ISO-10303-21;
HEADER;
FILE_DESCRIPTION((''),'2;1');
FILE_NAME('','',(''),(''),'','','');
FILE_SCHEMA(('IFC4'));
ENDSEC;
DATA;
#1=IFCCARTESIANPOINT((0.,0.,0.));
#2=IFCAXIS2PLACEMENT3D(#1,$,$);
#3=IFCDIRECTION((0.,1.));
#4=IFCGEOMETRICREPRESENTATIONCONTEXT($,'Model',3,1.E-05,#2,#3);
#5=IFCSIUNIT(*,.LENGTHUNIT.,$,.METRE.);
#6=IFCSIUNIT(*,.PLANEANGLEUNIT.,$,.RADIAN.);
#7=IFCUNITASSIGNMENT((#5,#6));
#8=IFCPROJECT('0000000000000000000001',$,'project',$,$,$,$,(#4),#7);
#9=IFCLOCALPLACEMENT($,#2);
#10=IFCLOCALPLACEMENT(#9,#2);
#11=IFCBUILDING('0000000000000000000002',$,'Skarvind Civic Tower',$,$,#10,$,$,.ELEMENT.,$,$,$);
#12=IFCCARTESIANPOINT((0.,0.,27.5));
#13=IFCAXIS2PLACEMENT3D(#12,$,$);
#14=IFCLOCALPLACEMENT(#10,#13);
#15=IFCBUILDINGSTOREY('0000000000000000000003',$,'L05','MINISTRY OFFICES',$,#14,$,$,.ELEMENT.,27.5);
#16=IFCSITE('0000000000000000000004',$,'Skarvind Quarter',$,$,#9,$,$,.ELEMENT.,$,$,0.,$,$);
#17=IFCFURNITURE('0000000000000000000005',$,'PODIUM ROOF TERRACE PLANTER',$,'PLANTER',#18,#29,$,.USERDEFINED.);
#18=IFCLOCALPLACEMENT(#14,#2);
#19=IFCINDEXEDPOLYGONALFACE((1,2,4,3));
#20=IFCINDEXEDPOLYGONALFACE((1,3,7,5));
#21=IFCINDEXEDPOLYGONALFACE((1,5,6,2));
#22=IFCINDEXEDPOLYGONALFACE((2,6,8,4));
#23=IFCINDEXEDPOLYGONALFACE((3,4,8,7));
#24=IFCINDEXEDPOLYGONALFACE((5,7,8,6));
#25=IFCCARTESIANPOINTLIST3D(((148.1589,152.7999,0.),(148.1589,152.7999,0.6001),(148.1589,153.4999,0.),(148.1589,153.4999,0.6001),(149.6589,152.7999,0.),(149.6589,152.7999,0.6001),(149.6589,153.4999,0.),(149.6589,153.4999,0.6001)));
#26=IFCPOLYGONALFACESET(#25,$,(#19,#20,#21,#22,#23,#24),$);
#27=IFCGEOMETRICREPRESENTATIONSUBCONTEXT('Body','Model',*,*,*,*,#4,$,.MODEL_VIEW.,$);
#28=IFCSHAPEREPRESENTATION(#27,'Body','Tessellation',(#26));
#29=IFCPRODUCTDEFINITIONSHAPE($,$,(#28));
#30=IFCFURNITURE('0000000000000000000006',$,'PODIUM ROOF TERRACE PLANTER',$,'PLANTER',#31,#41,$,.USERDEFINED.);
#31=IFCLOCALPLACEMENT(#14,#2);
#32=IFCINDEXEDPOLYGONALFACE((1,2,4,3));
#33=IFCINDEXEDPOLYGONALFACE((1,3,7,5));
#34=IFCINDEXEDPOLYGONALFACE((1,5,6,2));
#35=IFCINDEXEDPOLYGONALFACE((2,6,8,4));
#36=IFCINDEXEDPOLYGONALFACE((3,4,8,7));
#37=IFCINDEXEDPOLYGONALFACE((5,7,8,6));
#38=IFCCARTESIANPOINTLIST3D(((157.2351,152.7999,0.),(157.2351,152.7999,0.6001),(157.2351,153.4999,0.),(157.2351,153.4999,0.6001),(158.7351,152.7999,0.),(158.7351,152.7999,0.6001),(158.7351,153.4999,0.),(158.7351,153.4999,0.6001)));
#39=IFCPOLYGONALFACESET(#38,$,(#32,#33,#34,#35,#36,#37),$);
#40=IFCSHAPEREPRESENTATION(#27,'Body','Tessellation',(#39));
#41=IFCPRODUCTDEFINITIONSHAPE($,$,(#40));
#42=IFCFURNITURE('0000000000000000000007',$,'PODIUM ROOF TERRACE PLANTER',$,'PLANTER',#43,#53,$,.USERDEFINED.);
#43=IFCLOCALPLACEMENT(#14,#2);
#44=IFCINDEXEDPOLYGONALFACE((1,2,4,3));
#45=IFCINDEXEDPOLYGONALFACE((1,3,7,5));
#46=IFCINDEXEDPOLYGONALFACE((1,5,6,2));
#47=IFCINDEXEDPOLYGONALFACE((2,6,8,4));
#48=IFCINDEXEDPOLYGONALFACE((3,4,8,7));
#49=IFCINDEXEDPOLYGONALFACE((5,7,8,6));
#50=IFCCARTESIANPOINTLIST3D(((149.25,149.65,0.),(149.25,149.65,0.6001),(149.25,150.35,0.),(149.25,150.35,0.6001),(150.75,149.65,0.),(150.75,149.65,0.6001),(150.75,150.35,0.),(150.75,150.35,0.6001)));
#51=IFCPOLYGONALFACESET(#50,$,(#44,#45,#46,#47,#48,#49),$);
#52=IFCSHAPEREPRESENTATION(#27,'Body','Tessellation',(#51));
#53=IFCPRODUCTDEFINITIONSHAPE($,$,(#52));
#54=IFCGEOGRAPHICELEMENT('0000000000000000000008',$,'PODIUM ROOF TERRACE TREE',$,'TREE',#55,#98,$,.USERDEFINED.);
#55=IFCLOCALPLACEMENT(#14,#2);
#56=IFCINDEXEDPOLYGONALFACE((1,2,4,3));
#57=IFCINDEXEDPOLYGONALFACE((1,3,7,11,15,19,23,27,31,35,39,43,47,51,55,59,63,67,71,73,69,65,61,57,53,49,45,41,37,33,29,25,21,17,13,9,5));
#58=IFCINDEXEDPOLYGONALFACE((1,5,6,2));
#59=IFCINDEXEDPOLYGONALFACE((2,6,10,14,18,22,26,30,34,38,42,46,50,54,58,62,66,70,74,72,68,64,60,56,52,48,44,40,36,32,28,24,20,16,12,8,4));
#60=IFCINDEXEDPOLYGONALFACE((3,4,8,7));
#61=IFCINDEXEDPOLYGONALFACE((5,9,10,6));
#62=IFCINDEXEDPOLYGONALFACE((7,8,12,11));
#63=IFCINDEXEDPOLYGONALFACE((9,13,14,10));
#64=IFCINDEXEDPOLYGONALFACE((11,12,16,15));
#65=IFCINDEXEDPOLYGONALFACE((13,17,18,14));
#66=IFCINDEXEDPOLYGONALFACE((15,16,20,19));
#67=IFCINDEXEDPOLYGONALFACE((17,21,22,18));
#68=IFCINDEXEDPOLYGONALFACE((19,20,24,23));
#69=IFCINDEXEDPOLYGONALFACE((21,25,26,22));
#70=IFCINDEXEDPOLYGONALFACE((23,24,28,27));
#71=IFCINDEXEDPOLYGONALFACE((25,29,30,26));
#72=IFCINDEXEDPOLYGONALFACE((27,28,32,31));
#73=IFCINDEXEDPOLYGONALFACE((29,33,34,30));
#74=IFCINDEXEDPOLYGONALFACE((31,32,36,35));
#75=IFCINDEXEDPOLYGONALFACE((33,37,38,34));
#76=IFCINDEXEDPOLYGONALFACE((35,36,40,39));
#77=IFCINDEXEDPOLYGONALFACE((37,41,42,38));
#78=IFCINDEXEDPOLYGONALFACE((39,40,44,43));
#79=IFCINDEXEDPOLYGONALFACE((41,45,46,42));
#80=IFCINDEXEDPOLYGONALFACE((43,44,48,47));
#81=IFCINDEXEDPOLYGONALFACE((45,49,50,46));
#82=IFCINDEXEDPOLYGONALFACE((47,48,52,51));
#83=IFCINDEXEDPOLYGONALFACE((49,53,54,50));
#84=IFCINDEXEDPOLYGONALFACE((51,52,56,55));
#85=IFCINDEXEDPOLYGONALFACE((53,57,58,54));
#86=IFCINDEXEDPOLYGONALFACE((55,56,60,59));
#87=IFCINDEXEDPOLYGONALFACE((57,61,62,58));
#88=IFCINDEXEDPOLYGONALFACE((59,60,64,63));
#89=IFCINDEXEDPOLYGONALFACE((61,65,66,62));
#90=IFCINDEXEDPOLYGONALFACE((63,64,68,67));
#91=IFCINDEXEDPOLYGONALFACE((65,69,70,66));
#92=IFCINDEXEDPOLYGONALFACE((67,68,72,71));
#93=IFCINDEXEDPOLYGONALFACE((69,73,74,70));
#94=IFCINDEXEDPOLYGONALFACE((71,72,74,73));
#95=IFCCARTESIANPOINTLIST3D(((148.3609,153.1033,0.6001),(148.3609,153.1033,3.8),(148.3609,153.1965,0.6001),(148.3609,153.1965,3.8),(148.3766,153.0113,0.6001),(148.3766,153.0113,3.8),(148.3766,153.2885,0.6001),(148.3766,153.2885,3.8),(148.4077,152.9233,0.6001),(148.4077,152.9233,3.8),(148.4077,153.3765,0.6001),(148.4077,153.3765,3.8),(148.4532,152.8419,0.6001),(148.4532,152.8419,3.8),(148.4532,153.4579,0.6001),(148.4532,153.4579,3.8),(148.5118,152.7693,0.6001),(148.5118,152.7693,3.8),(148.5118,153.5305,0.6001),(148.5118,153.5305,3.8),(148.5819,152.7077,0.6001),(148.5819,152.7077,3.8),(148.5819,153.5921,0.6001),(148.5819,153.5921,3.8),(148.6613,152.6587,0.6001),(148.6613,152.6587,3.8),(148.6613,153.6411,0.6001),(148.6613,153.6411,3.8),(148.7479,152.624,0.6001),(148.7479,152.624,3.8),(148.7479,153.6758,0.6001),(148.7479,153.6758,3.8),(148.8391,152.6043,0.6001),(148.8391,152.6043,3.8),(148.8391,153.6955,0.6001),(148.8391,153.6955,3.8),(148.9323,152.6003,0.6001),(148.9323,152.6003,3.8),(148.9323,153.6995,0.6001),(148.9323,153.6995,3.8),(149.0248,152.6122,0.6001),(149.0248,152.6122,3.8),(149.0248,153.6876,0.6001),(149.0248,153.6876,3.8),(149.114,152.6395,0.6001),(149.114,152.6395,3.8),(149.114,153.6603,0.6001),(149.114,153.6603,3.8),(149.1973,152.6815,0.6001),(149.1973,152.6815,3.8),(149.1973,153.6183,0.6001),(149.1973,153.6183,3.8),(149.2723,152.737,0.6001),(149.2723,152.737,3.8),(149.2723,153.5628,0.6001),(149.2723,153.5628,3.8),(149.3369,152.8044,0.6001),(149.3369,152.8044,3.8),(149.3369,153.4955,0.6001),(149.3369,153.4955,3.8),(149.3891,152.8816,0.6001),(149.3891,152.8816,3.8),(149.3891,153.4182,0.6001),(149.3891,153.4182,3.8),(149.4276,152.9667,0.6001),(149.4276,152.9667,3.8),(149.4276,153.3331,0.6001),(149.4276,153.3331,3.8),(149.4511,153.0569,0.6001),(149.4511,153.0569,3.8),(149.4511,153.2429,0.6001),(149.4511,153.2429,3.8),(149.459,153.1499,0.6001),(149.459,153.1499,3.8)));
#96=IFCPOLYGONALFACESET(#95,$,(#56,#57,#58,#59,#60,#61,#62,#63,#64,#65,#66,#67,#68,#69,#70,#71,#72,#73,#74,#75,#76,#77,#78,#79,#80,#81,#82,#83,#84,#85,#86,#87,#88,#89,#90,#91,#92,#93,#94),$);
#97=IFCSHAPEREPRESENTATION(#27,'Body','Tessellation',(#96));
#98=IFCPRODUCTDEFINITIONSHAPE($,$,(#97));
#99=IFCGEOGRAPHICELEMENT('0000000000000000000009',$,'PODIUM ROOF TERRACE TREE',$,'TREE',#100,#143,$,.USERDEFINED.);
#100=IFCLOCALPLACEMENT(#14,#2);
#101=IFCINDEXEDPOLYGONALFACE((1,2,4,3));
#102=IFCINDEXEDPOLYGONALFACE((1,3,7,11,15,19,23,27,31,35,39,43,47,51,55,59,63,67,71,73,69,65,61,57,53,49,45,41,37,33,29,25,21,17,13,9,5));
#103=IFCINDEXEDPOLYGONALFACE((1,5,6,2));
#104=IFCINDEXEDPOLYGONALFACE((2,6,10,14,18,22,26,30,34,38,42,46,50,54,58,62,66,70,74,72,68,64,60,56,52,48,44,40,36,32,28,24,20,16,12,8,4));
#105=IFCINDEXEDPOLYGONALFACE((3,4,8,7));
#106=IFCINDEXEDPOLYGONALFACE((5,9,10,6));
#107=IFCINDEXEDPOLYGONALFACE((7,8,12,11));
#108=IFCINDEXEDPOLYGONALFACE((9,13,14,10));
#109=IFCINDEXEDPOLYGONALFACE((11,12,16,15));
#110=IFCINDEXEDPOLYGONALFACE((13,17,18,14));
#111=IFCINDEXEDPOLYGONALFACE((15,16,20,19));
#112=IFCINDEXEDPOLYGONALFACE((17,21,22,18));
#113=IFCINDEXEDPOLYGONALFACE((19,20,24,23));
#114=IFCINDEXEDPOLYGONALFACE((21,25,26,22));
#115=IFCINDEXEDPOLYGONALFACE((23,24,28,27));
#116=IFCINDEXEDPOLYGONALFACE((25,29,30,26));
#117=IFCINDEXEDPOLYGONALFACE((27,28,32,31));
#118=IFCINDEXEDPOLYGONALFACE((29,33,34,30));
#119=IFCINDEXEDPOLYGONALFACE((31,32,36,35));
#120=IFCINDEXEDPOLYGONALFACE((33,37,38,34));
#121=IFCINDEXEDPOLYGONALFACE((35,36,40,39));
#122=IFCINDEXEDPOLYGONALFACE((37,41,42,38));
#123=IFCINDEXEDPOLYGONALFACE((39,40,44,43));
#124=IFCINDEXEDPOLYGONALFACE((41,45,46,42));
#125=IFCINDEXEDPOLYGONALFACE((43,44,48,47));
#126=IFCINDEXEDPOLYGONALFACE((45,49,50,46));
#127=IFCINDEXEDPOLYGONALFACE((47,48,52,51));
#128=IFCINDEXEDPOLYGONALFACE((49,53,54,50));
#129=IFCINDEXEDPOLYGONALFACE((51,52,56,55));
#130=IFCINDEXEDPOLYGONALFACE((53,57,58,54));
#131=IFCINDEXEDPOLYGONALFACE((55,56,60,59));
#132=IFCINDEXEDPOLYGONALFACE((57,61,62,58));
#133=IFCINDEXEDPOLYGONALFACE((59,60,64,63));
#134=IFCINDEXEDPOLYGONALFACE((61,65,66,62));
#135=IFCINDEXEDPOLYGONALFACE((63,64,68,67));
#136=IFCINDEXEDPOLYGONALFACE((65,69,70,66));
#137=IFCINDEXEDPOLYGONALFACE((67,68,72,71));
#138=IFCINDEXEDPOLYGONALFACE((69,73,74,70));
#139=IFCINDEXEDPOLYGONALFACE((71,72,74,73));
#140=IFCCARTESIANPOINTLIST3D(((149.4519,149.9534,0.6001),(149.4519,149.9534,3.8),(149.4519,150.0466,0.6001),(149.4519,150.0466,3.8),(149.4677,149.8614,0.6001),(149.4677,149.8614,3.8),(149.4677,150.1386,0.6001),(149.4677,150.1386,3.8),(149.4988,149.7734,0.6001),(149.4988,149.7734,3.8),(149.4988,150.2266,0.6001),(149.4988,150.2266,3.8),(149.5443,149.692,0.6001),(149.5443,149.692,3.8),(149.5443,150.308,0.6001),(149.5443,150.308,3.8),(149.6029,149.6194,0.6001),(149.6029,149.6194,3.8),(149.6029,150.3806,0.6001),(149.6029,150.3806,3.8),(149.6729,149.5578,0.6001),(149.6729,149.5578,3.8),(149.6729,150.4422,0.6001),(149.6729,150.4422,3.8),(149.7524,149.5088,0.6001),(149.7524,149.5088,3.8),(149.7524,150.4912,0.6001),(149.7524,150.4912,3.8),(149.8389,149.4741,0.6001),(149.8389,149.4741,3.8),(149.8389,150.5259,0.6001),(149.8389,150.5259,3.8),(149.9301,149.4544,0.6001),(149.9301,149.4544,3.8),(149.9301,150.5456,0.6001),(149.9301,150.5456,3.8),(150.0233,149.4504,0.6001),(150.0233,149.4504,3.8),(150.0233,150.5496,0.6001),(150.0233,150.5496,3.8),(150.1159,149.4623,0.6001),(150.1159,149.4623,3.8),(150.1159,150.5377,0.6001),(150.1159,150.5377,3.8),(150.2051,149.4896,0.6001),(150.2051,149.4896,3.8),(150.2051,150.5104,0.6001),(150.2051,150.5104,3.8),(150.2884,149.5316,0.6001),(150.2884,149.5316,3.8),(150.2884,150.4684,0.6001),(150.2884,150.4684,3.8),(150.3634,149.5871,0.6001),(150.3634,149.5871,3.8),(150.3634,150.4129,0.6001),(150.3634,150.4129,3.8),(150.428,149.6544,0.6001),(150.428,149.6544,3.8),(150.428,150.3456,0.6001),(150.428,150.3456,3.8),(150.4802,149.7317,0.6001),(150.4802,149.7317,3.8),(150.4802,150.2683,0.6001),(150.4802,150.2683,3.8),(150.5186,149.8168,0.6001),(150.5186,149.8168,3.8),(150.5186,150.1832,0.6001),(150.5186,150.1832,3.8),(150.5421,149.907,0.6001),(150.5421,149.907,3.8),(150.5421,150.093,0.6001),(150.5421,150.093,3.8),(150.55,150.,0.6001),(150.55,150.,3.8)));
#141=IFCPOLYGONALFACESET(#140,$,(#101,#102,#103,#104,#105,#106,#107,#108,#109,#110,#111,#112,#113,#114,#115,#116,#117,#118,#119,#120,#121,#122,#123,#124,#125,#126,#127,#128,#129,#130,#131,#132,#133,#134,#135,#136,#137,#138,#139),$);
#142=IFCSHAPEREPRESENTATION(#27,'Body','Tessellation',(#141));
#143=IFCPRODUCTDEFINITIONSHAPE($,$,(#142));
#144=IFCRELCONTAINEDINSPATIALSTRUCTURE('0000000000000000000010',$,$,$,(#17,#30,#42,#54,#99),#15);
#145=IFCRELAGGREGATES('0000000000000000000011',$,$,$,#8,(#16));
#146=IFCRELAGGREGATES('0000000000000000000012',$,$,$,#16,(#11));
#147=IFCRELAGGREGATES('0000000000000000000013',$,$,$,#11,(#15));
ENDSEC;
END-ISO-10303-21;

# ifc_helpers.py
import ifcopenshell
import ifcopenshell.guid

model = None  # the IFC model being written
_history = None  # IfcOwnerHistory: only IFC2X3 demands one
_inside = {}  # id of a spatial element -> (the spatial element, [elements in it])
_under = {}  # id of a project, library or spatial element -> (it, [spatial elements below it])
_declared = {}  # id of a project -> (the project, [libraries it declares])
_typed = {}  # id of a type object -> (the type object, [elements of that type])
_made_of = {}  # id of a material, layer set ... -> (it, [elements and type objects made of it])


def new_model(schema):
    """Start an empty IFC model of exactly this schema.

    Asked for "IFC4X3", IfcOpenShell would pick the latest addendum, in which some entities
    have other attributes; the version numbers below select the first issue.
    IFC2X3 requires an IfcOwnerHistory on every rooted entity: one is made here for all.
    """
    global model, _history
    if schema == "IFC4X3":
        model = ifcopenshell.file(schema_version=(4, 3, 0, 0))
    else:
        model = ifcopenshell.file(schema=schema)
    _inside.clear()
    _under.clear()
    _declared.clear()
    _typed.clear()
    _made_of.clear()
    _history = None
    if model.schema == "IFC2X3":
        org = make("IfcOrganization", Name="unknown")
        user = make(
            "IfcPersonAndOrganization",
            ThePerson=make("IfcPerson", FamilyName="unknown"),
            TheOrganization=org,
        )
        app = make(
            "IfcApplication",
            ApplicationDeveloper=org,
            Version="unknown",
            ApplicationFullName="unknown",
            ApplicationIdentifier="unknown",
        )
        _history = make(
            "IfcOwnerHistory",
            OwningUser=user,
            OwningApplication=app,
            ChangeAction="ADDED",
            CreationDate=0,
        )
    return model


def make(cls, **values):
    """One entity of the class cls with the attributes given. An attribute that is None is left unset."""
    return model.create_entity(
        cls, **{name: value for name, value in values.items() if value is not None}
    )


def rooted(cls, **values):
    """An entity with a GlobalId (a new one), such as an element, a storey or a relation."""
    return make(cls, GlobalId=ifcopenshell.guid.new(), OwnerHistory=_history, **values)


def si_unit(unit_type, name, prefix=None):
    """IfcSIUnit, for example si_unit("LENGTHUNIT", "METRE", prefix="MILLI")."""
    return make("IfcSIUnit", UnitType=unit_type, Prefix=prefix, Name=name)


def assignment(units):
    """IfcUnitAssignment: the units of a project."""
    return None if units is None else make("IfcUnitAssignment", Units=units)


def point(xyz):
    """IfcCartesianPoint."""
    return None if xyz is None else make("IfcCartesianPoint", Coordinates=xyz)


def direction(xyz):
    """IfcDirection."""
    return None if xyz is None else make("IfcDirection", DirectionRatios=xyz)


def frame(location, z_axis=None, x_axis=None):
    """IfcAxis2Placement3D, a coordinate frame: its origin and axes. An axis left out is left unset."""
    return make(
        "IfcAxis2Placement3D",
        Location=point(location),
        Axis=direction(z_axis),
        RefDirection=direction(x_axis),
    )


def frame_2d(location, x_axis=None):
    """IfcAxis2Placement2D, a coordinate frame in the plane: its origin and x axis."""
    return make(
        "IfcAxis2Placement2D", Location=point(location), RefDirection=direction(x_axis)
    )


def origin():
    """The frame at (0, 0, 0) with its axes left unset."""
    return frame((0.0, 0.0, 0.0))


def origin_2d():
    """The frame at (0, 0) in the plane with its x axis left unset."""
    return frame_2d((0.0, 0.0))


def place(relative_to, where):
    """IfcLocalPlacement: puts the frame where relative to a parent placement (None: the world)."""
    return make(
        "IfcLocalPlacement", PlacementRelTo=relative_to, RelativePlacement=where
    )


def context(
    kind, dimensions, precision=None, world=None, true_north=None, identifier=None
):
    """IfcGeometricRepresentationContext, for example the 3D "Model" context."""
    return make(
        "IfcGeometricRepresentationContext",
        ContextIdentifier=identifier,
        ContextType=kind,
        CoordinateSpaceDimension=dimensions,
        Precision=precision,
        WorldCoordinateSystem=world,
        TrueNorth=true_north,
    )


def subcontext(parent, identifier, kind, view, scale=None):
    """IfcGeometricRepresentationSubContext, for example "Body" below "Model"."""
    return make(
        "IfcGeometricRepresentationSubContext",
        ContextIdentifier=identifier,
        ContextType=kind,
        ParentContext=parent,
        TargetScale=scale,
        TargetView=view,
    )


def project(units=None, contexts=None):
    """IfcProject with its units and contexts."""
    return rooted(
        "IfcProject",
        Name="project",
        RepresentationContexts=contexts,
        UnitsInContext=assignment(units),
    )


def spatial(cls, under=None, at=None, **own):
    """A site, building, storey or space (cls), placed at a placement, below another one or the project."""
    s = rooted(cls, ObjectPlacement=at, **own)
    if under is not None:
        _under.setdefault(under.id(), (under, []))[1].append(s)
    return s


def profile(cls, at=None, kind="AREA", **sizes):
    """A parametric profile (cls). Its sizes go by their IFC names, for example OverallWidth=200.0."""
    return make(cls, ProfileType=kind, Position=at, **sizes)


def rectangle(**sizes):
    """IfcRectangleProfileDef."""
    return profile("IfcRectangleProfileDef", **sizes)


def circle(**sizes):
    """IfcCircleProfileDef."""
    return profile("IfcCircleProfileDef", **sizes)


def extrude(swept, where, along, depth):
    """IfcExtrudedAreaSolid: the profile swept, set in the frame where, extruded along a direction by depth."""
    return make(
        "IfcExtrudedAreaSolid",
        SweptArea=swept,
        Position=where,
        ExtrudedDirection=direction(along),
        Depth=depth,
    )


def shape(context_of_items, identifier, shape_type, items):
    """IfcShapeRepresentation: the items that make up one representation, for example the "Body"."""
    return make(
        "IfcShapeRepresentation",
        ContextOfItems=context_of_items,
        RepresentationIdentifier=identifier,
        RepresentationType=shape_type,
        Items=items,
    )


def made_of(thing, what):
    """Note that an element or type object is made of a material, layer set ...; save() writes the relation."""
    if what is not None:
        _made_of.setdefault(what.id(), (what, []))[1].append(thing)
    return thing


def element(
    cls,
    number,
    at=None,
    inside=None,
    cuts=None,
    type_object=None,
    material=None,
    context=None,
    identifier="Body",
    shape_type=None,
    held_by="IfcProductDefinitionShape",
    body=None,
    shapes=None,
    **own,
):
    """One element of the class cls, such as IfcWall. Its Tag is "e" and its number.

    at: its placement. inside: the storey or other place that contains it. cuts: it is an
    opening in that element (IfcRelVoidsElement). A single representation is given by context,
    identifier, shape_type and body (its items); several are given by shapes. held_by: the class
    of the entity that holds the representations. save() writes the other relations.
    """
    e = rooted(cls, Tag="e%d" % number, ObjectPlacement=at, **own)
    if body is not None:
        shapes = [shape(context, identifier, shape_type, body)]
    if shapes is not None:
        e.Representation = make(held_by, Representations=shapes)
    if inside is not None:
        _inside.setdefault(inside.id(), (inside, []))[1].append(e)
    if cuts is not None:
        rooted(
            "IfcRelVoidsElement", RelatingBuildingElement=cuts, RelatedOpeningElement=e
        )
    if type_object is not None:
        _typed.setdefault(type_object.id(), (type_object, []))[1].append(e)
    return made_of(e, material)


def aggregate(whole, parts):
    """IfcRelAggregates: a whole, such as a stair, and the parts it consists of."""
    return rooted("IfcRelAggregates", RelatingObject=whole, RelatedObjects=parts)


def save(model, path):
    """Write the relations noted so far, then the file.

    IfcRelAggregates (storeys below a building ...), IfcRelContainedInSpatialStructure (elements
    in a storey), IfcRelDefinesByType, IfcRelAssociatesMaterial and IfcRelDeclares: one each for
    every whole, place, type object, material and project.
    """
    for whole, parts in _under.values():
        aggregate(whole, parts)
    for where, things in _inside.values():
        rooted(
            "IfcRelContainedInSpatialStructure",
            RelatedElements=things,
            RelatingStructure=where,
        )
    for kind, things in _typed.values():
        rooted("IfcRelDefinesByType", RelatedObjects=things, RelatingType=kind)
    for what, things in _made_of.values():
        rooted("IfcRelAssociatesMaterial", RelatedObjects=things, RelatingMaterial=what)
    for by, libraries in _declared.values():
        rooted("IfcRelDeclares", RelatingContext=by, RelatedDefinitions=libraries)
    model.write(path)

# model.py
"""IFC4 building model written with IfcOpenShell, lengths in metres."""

from ifc_helpers import new_model, si_unit, direction, frame, origin, origin_2d, place, context, subcontext, project, spatial, rectangle, circle, extrude, element, save


model = new_model("IFC4")

# Units and contexts
model_context = context("Model", 3, precision=1e-05, world=origin(), true_north=direction((0.0, 1.0)))
body_context = subcontext(model_context, "Body", "Model", "MODEL_VIEW")
ifc_project = project(units=[si_unit("LENGTHUNIT", "METRE"), si_unit("PLANEANGLEUNIT", "RADIAN")], contexts=[model_context])

# Site, building, storey
site_placement = place(None, origin())
site = spatial("IfcSite", under=ifc_project, at=site_placement, Name="Skarvind Quarter", CompositionType="ELEMENT", RefElevation=0.0)
building_placement = place(site_placement, origin())
building = spatial("IfcBuilding", under=site, at=building_placement, Name="Skarvind Civic Tower", CompositionType="ELEMENT")
storey_placement = place(building_placement, frame((0.0, 0.0, 27.5)))
storey = spatial("IfcBuildingStorey", under=building, at=storey_placement, Name="L05", Description="MINISTRY OFFICES", CompositionType="ELEMENT", Elevation=27.5)

# Furniture
for number, where, z_axis, x_axis, name in (
    (1, (148.9089, 153.1499, 0.0), (0.0, 0.0, 1.0), (1.0, 0.0, 0.0), "PODIUM ROOF TERRACE PLANTER"),
    (2, (157.9851, 153.1499, 0.0), (0.0, 0.0, 1.0), (1.0, 0.0, 0.0), "PODIUM ROOF TERRACE PLANTER"),
    (3, (150.0, 150.0, 0.0), (0.0, 0.0, 1.0), (1.0, 0.0, 0.0), "PODIUM ROOF TERRACE PLANTER"),
):
    element("IfcFurniture", number, at=place(storey_placement, frame(where, z_axis=z_axis, x_axis=x_axis)), inside=storey, Name=name, ObjectType="PLANTER", PredefinedType="USERDEFINED", context=body_context, shape_type="SweptSolid", body=[
        extrude(rectangle(XDim=1.5, YDim=0.7, at=origin_2d()), origin(), (0.0, 0.0, 1.0), 0.6001),
    ])

# Geographic elements
for number, where, z_axis, x_axis, name in (
    (4, (148.9089, 153.1499, 0.6001), (0.0, 0.0, 1.0), (1.0, 0.0, 0.0), "PODIUM ROOF TERRACE TREE"),
    (5, (150.0, 150.0, 0.6001), (0.0, 0.0, 1.0), (1.0, 0.0, 0.0), "PODIUM ROOF TERRACE TREE"),
):
    element("IfcGeographicElement", number, at=place(storey_placement, frame(where, z_axis=z_axis, x_axis=x_axis)), inside=storey, Name=name, ObjectType="TREE", PredefinedType="USERDEFINED", context=body_context, shape_type="SweptSolid", body=[
        extrude(circle(Radius=0.55, at=origin_2d()), origin(), (0.0, 0.0, 1.0), 3.2),
    ])

save(model, "model.ifc")
